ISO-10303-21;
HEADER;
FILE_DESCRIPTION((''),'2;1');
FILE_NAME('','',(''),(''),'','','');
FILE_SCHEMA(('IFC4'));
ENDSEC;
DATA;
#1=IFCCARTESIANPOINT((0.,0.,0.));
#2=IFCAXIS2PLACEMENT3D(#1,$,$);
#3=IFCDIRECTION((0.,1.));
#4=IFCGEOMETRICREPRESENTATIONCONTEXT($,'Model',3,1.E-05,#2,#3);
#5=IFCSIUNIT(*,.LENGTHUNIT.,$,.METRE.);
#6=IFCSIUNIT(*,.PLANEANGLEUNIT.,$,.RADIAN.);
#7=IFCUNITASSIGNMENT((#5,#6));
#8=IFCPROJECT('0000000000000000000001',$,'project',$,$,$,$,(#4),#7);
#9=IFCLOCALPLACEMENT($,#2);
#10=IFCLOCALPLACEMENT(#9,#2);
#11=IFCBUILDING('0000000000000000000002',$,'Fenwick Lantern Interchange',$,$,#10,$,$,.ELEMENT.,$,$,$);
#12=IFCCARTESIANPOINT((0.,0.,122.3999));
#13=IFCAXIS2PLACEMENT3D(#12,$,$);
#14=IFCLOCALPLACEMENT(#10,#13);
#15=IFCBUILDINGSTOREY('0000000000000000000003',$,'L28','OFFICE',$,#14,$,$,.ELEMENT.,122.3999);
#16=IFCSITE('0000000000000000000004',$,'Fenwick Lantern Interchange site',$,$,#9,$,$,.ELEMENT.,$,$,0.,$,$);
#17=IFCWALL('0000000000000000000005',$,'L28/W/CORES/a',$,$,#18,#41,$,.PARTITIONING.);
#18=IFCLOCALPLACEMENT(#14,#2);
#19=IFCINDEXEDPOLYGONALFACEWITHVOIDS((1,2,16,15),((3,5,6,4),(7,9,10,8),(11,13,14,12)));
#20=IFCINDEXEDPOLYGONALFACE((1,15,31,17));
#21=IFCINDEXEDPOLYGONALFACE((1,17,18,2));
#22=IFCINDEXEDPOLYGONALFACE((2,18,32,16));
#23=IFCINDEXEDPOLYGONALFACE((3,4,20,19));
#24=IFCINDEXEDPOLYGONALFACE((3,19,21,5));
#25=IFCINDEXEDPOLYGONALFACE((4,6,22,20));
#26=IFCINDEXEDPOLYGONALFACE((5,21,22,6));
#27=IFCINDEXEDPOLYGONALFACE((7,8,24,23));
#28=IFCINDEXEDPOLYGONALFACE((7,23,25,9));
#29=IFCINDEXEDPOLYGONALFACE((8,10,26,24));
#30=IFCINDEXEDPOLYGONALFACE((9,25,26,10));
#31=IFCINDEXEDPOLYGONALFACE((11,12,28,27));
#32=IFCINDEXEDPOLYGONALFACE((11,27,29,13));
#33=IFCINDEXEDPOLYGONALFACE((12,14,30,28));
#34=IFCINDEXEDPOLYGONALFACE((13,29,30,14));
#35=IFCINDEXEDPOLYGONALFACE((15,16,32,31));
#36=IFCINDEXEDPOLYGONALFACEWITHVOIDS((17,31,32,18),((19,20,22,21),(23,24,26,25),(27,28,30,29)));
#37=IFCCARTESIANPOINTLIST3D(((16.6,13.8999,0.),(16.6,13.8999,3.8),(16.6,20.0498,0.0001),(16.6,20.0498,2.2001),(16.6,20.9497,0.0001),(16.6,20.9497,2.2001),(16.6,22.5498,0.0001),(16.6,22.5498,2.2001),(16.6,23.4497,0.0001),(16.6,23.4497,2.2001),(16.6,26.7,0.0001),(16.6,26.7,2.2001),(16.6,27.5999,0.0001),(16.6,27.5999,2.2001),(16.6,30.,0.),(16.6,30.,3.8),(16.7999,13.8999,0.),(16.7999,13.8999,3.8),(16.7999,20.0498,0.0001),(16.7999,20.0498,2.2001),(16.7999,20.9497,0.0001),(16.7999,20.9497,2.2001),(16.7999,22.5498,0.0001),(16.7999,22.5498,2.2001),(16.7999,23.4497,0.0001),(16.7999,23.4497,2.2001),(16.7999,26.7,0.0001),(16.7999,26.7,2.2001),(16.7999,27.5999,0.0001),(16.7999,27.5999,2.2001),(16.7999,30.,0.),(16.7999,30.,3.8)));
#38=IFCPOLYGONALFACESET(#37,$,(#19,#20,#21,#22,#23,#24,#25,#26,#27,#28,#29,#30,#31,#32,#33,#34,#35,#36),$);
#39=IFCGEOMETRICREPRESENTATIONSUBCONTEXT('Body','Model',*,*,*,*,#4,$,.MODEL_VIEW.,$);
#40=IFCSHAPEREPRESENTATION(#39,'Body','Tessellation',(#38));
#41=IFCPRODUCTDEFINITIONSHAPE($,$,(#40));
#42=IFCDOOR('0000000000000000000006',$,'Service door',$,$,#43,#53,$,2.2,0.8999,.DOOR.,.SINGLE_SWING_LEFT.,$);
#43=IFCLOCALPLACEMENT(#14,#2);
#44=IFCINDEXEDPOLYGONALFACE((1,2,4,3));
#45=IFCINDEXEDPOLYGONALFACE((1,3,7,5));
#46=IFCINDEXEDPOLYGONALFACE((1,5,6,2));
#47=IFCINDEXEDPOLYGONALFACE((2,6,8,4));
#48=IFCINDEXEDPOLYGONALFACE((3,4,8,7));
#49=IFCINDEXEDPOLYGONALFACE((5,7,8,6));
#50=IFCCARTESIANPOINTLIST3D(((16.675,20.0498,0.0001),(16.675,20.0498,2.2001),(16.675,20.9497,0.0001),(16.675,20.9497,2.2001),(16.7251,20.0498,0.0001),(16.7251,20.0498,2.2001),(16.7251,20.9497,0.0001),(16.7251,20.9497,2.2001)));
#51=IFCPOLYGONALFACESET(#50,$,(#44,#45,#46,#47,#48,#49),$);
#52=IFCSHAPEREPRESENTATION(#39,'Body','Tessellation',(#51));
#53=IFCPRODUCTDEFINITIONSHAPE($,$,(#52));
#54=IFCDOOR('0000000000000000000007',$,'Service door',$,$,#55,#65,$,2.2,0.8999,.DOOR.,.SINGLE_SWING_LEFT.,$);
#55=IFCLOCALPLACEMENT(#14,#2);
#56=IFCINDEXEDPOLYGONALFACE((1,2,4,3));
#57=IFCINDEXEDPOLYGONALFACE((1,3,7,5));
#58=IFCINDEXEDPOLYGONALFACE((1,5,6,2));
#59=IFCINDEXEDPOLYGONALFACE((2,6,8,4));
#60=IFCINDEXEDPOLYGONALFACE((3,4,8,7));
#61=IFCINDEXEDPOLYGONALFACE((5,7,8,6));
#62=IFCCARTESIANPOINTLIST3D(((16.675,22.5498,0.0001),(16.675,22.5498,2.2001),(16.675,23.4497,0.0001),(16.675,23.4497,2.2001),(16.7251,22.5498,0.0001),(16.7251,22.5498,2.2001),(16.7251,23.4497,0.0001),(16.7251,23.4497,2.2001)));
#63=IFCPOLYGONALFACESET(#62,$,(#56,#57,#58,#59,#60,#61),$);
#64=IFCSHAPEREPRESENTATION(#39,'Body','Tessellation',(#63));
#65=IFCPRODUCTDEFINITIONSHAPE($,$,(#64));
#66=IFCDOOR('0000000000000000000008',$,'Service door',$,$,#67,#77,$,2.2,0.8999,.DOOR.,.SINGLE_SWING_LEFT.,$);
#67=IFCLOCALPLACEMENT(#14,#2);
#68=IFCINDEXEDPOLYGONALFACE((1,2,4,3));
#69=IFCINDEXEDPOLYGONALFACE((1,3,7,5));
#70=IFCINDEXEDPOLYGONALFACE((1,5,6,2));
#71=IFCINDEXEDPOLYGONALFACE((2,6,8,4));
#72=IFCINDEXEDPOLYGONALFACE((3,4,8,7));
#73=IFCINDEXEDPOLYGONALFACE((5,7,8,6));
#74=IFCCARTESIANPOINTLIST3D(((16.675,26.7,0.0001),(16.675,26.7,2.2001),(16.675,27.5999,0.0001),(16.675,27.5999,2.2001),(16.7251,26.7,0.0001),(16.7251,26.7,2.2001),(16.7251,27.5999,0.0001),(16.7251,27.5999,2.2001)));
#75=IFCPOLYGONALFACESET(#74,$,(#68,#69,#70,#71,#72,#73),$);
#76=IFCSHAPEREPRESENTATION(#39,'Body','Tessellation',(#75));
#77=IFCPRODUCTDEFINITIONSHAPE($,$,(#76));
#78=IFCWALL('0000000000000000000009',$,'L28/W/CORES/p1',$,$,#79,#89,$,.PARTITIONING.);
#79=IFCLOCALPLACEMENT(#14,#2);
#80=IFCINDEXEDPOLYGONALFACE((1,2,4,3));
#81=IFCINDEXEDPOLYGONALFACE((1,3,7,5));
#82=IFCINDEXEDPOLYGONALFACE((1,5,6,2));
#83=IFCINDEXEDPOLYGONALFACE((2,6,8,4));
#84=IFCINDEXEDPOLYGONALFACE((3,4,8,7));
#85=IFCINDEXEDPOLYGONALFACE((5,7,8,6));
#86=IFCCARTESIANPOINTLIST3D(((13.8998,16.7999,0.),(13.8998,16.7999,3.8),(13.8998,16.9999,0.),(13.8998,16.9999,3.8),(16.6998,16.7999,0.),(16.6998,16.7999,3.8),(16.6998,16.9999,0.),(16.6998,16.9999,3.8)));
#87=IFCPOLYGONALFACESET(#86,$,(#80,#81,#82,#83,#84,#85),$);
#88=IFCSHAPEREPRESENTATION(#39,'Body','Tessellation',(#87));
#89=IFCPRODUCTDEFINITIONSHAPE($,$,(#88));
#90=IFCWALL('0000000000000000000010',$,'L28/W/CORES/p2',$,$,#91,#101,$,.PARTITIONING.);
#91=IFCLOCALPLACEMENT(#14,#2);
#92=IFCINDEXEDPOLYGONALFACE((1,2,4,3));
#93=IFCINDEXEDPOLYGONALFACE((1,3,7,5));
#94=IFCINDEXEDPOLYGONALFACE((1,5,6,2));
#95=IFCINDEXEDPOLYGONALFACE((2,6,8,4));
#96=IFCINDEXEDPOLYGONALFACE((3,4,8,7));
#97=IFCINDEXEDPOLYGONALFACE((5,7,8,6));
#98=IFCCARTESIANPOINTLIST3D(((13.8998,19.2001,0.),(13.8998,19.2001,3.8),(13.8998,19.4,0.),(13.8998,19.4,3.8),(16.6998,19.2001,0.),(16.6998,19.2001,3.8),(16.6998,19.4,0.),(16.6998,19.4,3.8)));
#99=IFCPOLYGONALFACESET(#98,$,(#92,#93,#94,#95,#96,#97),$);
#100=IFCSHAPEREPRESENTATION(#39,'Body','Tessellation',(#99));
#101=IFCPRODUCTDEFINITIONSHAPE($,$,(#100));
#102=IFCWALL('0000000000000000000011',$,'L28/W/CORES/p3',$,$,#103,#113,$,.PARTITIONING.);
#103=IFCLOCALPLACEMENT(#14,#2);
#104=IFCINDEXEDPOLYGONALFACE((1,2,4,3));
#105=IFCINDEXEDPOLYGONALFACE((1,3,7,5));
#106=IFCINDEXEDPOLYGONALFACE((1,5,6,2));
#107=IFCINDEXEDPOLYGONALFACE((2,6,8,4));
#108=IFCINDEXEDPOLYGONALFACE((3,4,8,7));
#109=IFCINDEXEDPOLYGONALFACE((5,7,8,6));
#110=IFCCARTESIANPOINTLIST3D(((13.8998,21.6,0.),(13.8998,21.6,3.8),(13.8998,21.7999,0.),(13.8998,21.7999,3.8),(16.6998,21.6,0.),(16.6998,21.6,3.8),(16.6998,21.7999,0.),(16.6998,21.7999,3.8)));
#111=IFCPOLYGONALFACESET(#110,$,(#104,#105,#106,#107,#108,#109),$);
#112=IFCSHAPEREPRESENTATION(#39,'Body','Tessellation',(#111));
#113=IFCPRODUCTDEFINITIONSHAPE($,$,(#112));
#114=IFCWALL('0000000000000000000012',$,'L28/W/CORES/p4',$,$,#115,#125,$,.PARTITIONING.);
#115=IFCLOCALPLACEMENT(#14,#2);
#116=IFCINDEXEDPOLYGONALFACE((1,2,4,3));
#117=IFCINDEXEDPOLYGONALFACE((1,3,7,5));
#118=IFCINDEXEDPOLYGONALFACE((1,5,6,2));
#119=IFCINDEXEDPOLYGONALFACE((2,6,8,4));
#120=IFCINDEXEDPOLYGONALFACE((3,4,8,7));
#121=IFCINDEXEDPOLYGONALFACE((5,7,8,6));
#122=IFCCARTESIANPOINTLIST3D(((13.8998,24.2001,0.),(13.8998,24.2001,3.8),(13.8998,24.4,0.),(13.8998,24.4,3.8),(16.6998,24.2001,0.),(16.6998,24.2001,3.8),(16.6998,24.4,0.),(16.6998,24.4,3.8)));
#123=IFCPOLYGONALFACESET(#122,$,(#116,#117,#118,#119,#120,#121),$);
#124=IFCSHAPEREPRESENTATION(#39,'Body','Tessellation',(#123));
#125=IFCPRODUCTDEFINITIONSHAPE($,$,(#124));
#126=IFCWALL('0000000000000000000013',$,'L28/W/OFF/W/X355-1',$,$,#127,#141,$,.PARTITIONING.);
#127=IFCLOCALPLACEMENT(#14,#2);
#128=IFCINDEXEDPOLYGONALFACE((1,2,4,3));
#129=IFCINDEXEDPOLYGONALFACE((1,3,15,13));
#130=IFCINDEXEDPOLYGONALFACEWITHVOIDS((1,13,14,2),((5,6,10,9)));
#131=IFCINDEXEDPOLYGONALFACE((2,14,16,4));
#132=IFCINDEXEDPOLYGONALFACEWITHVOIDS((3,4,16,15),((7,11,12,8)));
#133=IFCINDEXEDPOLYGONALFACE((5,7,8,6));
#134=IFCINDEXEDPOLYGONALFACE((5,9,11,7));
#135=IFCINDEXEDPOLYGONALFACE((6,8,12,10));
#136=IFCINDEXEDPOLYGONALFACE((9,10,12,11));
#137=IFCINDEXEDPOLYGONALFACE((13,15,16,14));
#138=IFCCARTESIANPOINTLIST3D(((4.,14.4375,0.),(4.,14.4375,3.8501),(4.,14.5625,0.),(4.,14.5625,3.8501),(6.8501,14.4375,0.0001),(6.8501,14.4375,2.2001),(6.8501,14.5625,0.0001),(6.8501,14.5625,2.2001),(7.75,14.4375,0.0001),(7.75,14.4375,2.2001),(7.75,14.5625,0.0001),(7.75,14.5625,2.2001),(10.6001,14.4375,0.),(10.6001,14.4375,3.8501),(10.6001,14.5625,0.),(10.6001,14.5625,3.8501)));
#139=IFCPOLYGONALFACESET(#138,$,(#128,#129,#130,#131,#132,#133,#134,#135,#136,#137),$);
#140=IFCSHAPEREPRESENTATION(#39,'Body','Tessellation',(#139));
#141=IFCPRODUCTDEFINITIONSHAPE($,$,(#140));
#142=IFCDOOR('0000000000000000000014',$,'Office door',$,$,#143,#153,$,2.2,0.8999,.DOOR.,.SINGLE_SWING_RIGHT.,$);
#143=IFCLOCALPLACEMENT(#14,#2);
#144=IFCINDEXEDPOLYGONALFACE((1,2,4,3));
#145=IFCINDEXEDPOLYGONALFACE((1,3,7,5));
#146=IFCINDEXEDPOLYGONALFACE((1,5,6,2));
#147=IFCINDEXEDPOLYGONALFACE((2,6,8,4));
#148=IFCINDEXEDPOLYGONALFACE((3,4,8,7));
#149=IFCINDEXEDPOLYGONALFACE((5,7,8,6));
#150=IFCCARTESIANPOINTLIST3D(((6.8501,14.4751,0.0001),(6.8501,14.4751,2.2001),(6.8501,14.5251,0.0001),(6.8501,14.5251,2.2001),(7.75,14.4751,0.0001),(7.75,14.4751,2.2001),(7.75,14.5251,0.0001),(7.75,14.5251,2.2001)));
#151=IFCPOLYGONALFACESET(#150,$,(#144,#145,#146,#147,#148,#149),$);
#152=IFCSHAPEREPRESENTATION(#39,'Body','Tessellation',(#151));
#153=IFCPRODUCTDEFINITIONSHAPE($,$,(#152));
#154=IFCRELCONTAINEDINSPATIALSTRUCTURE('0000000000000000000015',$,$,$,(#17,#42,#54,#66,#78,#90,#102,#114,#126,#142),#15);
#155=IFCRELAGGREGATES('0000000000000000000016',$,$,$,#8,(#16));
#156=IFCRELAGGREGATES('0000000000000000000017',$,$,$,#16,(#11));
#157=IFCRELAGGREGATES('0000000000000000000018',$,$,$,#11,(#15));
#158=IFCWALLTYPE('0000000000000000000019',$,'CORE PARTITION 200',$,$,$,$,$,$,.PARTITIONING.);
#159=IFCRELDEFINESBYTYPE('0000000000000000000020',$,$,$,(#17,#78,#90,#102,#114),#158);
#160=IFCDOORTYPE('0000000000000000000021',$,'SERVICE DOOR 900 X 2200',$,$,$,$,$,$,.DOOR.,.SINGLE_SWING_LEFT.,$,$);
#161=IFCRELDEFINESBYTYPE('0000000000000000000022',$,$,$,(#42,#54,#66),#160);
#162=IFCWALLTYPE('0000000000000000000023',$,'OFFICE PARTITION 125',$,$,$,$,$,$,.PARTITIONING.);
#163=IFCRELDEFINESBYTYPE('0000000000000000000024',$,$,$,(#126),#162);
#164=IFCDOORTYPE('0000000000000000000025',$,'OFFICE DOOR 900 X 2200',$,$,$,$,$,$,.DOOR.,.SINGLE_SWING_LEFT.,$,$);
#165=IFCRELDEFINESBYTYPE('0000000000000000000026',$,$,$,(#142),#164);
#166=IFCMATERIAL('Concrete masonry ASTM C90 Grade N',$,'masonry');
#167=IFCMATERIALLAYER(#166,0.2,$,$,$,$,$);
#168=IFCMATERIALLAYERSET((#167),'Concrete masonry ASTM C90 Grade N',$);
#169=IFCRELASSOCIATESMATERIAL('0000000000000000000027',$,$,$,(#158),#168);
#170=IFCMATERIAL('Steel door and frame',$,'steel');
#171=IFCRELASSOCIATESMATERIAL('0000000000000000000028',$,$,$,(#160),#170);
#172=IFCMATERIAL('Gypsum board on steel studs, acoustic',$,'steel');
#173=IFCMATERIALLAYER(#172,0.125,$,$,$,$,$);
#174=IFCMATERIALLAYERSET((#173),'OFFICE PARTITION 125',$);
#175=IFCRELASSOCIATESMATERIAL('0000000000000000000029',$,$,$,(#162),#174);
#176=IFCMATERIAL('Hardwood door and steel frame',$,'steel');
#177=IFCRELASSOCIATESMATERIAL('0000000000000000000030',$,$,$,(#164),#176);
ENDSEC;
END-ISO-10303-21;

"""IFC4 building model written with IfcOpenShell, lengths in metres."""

from ifc_helpers import new_model, si_unit, direction, frame, frame_2d, origin, place, context, subcontext, project, spatial, rectangle, extrude, material, layer, layer_set, type_object, element, fill, save


model = new_model("IFC4")

# Units and contexts
model_context = context("Model", 3, precision=1e-05, world=origin(), true_north=direction((0.0, 1.0)))
body_context = subcontext(model_context, "Body", "Model", "MODEL_VIEW")
ifc_project = project(units=[si_unit("LENGTHUNIT", "METRE"), si_unit("PLANEANGLEUNIT", "RADIAN")], contexts=[model_context])

# Site, building, storey
site_placement = place(None, origin())
site = spatial("IfcSite", under=ifc_project, at=site_placement, Name="Fenwick Lantern Interchange site", CompositionType="ELEMENT", RefElevation=0.0)
building_placement = place(site_placement, origin())
building = spatial("IfcBuilding", under=site, at=building_placement, Name="Fenwick Lantern Interchange", CompositionType="ELEMENT")
storey_placement = place(building_placement, frame((0.0, 0.0, 122.3999)))
storey = spatial("IfcBuildingStorey", under=building, at=storey_placement, Name="L28", Description="OFFICE", CompositionType="ELEMENT", Elevation=122.3999)

# Wall, openings, doors
ifc_material_1 = material(Name="Concrete masonry ASTM C90 Grade N", Category="masonry")
ifc_layer_1 = layer(ifc_material_1, 0.2)
ifc_layer_set_1 = layer_set([ifc_layer_1], Name="Concrete masonry ASTM C90 Grade N")
wall_type_1 = type_object("IfcWallType", Name="CORE PARTITION 200", PredefinedType="PARTITIONING", material=ifc_layer_set_1)
wall_1_placement = place(storey_placement, frame((16.7, 13.8999, 0.0), z_axis=(0.0, 0.0, 1.0), x_axis=(0.0, 1.0, 0.0)))
wall_1 = element("IfcWall", 1, at=wall_1_placement, inside=storey, type_object=wall_type_1, Name="L28/W/CORES/a", PredefinedType="PARTITIONING", context=body_context, shape_type="SweptSolid", body=[
    extrude(rectangle(XDim=16.1001, YDim=0.2, at=frame_2d((8.05, 0.0))), origin(), (0.0, 0.0, 1.0), 3.8),
])
opening_1_placement = place(wall_1_placement, frame((6.1499, 0.0, 0.0)))
opening_1 = element("IfcOpeningElement", 2, at=opening_1_placement, cuts=wall_1, PredefinedType="OPENING", context=body_context, shape_type="SweptSolid", body=[
    extrude(rectangle(XDim=0.8999, YDim=2.2, at=frame_2d((0.45, 1.1001))), frame((0.0, 0.1099, 0.0), z_axis=(0.0, -1.0, 0.0), x_axis=(1.0, 0.0, 0.0)), (0.0, 0.0, 1.0), 0.22),
])
opening_2_placement = place(wall_1_placement, frame((8.6499, 0.0, 0.0)))
opening_2 = element("IfcOpeningElement", 3, at=opening_2_placement, cuts=wall_1, PredefinedType="OPENING", context=body_context, shape_type="SweptSolid", body=[
    extrude(rectangle(XDim=0.8999, YDim=2.2, at=frame_2d((0.45, 1.1001))), frame((0.0, 0.1099, 0.0), z_axis=(0.0, -1.0, 0.0), x_axis=(1.0, 0.0, 0.0)), (0.0, 0.0, 1.0), 0.22),
])
opening_3_placement = place(wall_1_placement, frame((12.8, 0.0, 0.0)))
opening_3 = element("IfcOpeningElement", 4, at=opening_3_placement, cuts=wall_1, PredefinedType="OPENING", context=body_context, shape_type="SweptSolid", body=[
    extrude(rectangle(XDim=0.8999, YDim=2.2, at=frame_2d((0.45, 1.1001))), frame((0.0, 0.1099, 0.0), z_axis=(0.0, -1.0, 0.0), x_axis=(1.0, 0.0, 0.0)), (0.0, 0.0, 1.0), 0.22),
])
ifc_material_2 = material(Name="Steel door and frame", Category="steel")
door_type_1 = type_object("IfcDoorType", Name="SERVICE DOOR 900 X 2200", OperationType="SINGLE_SWING_LEFT", PredefinedType="DOOR", material=ifc_material_2)
door_1_placement = place(opening_1_placement, origin())
door_1 = element("IfcDoor", 5, at=door_1_placement, inside=storey, type_object=door_type_1, Name="Service door", OperationType="SINGLE_SWING_LEFT", OverallHeight=2.2, OverallWidth=0.8999, PredefinedType="DOOR", context=body_context, shape_type="SweptSolid", body=[
    extrude(rectangle(XDim=0.8999, YDim=2.2, at=frame_2d((0.45, 1.1001))), frame((0.0, 0.0249, 0.0), z_axis=(0.0, -1.0, 0.0), x_axis=(1.0, 0.0, 0.0)), (0.0, 0.0, 1.0), 0.05),
])
fill(opening_1, door_1)
door_2_placement = place(opening_2_placement, origin())
door_2 = element("IfcDoor", 6, at=door_2_placement, inside=storey, type_object=door_type_1, Name="Service door", OperationType="SINGLE_SWING_LEFT", OverallHeight=2.2, OverallWidth=0.8999, PredefinedType="DOOR", context=body_context, shape_type="SweptSolid", body=[
    extrude(rectangle(XDim=0.8999, YDim=2.2, at=frame_2d((0.45, 1.1001))), frame((0.0, 0.0249, 0.0), z_axis=(0.0, -1.0, 0.0), x_axis=(1.0, 0.0, 0.0)), (0.0, 0.0, 1.0), 0.05),
])
fill(opening_2, door_2)
door_3_placement = place(opening_3_placement, origin())
door_3 = element("IfcDoor", 7, at=door_3_placement, inside=storey, type_object=door_type_1, Name="Service door", OperationType="SINGLE_SWING_LEFT", OverallHeight=2.2, OverallWidth=0.8999, PredefinedType="DOOR", context=body_context, shape_type="SweptSolid", body=[
    extrude(rectangle(XDim=0.8999, YDim=2.2, at=frame_2d((0.45, 1.1001))), frame((0.0, 0.0249, 0.0), z_axis=(0.0, -1.0, 0.0), x_axis=(1.0, 0.0, 0.0)), (0.0, 0.0, 1.0), 0.05),
])
fill(opening_3, door_3)

# Walls
for number, where, z_axis, x_axis, name in (
    (8, (13.8999, 16.8999, 0.0), (0.0, 0.0, 1.0), (1.0, 0.0, 0.0), "L28/W/CORES/p1"),
    (9, (13.8999, 19.3, 0.0), (0.0, 0.0, 1.0), (1.0, 0.0, 0.0), "L28/W/CORES/p2"),
    (10, (13.8999, 21.7, 0.0), (0.0, 0.0, 1.0), (1.0, 0.0, 0.0), "L28/W/CORES/p3"),
    (11, (13.8999, 24.3, 0.0), (0.0, 0.0, 1.0), (1.0, 0.0, 0.0), "L28/W/CORES/p4"),
):
    element("IfcWall", number, at=place(storey_placement, frame(where, z_axis=z_axis, x_axis=x_axis)), inside=storey, type_object=wall_type_1, Name=name, PredefinedType="PARTITIONING", context=body_context, shape_type="SweptSolid", body=[
        extrude(rectangle(XDim=2.8, YDim=0.2, at=frame_2d((1.3999, 0.0))), origin(), (0.0, 0.0, 1.0), 3.8),
    ])

# Shared definitions
ifc_material_3 = material(Name="Hardwood door and steel frame", Category="steel")

# Wall, opening, door
ifc_material_4 = material(Name="Gypsum board on steel studs, acoustic", Category="steel")
ifc_layer_2 = layer(ifc_material_4, 0.125)
ifc_layer_set_2 = layer_set([ifc_layer_2], Name="OFFICE PARTITION 125")
wall_type_2 = type_object("IfcWallType", Name="OFFICE PARTITION 125", PredefinedType="PARTITIONING", material=ifc_layer_set_2)
wall_2_placement = place(storey_placement, frame((4.0, 14.5, 0.0), z_axis=(0.0, 0.0, 1.0), x_axis=(1.0, 0.0, 0.0)))
wall_2 = element("IfcWall", 12, at=wall_2_placement, inside=storey, type_object=wall_type_2, Name="L28/W/OFF/W/X355-1", PredefinedType="PARTITIONING", context=body_context, shape_type="SweptSolid", body=[
    extrude(rectangle(XDim=6.6001, YDim=0.125, at=frame_2d((3.3, 0.0))), origin(), (0.0, 0.0, 1.0), 3.8501),
])
opening_4_placement = place(wall_2_placement, frame((2.8501, 0.0, 0.0)))
opening_4 = element("IfcOpeningElement", 13, at=opening_4_placement, cuts=wall_2, PredefinedType="OPENING", context=body_context, shape_type="SweptSolid", body=[
    extrude(rectangle(XDim=0.8999, YDim=2.2, at=frame_2d((0.45, 1.1001))), frame((0.0, 0.0725, 0.0), z_axis=(0.0, -1.0, 0.0), x_axis=(1.0, 0.0, 0.0)), (0.0, 0.0, 1.0), 0.145),
])
door_type_2 = type_object("IfcDoorType", Name="OFFICE DOOR 900 X 2200", OperationType="SINGLE_SWING_LEFT", PredefinedType="DOOR", material=ifc_material_3)
door_4_placement = place(opening_4_placement, frame((0.8999, 0.0, 0.0), z_axis=(0.0, 0.0, 1.0), x_axis=(-1.0, 0.0, 0.0)))
door_4 = element("IfcDoor", 14, at=door_4_placement, inside=storey, type_object=door_type_2, Name="Office door", OperationType="SINGLE_SWING_RIGHT", OverallHeight=2.2, OverallWidth=0.8999, PredefinedType="DOOR", context=body_context, shape_type="SweptSolid", body=[
    extrude(rectangle(XDim=0.8999, YDim=2.2, at=frame_2d((0.45, 1.1001))), frame((0.0, 0.0249, 0.0), z_axis=(0.0, -1.0, 0.0), x_axis=(1.0, 0.0, 0.0)), (0.0, 0.0, 1.0), 0.05),
])
fill(opening_4, door_4)

save(model, "model.ifc")
